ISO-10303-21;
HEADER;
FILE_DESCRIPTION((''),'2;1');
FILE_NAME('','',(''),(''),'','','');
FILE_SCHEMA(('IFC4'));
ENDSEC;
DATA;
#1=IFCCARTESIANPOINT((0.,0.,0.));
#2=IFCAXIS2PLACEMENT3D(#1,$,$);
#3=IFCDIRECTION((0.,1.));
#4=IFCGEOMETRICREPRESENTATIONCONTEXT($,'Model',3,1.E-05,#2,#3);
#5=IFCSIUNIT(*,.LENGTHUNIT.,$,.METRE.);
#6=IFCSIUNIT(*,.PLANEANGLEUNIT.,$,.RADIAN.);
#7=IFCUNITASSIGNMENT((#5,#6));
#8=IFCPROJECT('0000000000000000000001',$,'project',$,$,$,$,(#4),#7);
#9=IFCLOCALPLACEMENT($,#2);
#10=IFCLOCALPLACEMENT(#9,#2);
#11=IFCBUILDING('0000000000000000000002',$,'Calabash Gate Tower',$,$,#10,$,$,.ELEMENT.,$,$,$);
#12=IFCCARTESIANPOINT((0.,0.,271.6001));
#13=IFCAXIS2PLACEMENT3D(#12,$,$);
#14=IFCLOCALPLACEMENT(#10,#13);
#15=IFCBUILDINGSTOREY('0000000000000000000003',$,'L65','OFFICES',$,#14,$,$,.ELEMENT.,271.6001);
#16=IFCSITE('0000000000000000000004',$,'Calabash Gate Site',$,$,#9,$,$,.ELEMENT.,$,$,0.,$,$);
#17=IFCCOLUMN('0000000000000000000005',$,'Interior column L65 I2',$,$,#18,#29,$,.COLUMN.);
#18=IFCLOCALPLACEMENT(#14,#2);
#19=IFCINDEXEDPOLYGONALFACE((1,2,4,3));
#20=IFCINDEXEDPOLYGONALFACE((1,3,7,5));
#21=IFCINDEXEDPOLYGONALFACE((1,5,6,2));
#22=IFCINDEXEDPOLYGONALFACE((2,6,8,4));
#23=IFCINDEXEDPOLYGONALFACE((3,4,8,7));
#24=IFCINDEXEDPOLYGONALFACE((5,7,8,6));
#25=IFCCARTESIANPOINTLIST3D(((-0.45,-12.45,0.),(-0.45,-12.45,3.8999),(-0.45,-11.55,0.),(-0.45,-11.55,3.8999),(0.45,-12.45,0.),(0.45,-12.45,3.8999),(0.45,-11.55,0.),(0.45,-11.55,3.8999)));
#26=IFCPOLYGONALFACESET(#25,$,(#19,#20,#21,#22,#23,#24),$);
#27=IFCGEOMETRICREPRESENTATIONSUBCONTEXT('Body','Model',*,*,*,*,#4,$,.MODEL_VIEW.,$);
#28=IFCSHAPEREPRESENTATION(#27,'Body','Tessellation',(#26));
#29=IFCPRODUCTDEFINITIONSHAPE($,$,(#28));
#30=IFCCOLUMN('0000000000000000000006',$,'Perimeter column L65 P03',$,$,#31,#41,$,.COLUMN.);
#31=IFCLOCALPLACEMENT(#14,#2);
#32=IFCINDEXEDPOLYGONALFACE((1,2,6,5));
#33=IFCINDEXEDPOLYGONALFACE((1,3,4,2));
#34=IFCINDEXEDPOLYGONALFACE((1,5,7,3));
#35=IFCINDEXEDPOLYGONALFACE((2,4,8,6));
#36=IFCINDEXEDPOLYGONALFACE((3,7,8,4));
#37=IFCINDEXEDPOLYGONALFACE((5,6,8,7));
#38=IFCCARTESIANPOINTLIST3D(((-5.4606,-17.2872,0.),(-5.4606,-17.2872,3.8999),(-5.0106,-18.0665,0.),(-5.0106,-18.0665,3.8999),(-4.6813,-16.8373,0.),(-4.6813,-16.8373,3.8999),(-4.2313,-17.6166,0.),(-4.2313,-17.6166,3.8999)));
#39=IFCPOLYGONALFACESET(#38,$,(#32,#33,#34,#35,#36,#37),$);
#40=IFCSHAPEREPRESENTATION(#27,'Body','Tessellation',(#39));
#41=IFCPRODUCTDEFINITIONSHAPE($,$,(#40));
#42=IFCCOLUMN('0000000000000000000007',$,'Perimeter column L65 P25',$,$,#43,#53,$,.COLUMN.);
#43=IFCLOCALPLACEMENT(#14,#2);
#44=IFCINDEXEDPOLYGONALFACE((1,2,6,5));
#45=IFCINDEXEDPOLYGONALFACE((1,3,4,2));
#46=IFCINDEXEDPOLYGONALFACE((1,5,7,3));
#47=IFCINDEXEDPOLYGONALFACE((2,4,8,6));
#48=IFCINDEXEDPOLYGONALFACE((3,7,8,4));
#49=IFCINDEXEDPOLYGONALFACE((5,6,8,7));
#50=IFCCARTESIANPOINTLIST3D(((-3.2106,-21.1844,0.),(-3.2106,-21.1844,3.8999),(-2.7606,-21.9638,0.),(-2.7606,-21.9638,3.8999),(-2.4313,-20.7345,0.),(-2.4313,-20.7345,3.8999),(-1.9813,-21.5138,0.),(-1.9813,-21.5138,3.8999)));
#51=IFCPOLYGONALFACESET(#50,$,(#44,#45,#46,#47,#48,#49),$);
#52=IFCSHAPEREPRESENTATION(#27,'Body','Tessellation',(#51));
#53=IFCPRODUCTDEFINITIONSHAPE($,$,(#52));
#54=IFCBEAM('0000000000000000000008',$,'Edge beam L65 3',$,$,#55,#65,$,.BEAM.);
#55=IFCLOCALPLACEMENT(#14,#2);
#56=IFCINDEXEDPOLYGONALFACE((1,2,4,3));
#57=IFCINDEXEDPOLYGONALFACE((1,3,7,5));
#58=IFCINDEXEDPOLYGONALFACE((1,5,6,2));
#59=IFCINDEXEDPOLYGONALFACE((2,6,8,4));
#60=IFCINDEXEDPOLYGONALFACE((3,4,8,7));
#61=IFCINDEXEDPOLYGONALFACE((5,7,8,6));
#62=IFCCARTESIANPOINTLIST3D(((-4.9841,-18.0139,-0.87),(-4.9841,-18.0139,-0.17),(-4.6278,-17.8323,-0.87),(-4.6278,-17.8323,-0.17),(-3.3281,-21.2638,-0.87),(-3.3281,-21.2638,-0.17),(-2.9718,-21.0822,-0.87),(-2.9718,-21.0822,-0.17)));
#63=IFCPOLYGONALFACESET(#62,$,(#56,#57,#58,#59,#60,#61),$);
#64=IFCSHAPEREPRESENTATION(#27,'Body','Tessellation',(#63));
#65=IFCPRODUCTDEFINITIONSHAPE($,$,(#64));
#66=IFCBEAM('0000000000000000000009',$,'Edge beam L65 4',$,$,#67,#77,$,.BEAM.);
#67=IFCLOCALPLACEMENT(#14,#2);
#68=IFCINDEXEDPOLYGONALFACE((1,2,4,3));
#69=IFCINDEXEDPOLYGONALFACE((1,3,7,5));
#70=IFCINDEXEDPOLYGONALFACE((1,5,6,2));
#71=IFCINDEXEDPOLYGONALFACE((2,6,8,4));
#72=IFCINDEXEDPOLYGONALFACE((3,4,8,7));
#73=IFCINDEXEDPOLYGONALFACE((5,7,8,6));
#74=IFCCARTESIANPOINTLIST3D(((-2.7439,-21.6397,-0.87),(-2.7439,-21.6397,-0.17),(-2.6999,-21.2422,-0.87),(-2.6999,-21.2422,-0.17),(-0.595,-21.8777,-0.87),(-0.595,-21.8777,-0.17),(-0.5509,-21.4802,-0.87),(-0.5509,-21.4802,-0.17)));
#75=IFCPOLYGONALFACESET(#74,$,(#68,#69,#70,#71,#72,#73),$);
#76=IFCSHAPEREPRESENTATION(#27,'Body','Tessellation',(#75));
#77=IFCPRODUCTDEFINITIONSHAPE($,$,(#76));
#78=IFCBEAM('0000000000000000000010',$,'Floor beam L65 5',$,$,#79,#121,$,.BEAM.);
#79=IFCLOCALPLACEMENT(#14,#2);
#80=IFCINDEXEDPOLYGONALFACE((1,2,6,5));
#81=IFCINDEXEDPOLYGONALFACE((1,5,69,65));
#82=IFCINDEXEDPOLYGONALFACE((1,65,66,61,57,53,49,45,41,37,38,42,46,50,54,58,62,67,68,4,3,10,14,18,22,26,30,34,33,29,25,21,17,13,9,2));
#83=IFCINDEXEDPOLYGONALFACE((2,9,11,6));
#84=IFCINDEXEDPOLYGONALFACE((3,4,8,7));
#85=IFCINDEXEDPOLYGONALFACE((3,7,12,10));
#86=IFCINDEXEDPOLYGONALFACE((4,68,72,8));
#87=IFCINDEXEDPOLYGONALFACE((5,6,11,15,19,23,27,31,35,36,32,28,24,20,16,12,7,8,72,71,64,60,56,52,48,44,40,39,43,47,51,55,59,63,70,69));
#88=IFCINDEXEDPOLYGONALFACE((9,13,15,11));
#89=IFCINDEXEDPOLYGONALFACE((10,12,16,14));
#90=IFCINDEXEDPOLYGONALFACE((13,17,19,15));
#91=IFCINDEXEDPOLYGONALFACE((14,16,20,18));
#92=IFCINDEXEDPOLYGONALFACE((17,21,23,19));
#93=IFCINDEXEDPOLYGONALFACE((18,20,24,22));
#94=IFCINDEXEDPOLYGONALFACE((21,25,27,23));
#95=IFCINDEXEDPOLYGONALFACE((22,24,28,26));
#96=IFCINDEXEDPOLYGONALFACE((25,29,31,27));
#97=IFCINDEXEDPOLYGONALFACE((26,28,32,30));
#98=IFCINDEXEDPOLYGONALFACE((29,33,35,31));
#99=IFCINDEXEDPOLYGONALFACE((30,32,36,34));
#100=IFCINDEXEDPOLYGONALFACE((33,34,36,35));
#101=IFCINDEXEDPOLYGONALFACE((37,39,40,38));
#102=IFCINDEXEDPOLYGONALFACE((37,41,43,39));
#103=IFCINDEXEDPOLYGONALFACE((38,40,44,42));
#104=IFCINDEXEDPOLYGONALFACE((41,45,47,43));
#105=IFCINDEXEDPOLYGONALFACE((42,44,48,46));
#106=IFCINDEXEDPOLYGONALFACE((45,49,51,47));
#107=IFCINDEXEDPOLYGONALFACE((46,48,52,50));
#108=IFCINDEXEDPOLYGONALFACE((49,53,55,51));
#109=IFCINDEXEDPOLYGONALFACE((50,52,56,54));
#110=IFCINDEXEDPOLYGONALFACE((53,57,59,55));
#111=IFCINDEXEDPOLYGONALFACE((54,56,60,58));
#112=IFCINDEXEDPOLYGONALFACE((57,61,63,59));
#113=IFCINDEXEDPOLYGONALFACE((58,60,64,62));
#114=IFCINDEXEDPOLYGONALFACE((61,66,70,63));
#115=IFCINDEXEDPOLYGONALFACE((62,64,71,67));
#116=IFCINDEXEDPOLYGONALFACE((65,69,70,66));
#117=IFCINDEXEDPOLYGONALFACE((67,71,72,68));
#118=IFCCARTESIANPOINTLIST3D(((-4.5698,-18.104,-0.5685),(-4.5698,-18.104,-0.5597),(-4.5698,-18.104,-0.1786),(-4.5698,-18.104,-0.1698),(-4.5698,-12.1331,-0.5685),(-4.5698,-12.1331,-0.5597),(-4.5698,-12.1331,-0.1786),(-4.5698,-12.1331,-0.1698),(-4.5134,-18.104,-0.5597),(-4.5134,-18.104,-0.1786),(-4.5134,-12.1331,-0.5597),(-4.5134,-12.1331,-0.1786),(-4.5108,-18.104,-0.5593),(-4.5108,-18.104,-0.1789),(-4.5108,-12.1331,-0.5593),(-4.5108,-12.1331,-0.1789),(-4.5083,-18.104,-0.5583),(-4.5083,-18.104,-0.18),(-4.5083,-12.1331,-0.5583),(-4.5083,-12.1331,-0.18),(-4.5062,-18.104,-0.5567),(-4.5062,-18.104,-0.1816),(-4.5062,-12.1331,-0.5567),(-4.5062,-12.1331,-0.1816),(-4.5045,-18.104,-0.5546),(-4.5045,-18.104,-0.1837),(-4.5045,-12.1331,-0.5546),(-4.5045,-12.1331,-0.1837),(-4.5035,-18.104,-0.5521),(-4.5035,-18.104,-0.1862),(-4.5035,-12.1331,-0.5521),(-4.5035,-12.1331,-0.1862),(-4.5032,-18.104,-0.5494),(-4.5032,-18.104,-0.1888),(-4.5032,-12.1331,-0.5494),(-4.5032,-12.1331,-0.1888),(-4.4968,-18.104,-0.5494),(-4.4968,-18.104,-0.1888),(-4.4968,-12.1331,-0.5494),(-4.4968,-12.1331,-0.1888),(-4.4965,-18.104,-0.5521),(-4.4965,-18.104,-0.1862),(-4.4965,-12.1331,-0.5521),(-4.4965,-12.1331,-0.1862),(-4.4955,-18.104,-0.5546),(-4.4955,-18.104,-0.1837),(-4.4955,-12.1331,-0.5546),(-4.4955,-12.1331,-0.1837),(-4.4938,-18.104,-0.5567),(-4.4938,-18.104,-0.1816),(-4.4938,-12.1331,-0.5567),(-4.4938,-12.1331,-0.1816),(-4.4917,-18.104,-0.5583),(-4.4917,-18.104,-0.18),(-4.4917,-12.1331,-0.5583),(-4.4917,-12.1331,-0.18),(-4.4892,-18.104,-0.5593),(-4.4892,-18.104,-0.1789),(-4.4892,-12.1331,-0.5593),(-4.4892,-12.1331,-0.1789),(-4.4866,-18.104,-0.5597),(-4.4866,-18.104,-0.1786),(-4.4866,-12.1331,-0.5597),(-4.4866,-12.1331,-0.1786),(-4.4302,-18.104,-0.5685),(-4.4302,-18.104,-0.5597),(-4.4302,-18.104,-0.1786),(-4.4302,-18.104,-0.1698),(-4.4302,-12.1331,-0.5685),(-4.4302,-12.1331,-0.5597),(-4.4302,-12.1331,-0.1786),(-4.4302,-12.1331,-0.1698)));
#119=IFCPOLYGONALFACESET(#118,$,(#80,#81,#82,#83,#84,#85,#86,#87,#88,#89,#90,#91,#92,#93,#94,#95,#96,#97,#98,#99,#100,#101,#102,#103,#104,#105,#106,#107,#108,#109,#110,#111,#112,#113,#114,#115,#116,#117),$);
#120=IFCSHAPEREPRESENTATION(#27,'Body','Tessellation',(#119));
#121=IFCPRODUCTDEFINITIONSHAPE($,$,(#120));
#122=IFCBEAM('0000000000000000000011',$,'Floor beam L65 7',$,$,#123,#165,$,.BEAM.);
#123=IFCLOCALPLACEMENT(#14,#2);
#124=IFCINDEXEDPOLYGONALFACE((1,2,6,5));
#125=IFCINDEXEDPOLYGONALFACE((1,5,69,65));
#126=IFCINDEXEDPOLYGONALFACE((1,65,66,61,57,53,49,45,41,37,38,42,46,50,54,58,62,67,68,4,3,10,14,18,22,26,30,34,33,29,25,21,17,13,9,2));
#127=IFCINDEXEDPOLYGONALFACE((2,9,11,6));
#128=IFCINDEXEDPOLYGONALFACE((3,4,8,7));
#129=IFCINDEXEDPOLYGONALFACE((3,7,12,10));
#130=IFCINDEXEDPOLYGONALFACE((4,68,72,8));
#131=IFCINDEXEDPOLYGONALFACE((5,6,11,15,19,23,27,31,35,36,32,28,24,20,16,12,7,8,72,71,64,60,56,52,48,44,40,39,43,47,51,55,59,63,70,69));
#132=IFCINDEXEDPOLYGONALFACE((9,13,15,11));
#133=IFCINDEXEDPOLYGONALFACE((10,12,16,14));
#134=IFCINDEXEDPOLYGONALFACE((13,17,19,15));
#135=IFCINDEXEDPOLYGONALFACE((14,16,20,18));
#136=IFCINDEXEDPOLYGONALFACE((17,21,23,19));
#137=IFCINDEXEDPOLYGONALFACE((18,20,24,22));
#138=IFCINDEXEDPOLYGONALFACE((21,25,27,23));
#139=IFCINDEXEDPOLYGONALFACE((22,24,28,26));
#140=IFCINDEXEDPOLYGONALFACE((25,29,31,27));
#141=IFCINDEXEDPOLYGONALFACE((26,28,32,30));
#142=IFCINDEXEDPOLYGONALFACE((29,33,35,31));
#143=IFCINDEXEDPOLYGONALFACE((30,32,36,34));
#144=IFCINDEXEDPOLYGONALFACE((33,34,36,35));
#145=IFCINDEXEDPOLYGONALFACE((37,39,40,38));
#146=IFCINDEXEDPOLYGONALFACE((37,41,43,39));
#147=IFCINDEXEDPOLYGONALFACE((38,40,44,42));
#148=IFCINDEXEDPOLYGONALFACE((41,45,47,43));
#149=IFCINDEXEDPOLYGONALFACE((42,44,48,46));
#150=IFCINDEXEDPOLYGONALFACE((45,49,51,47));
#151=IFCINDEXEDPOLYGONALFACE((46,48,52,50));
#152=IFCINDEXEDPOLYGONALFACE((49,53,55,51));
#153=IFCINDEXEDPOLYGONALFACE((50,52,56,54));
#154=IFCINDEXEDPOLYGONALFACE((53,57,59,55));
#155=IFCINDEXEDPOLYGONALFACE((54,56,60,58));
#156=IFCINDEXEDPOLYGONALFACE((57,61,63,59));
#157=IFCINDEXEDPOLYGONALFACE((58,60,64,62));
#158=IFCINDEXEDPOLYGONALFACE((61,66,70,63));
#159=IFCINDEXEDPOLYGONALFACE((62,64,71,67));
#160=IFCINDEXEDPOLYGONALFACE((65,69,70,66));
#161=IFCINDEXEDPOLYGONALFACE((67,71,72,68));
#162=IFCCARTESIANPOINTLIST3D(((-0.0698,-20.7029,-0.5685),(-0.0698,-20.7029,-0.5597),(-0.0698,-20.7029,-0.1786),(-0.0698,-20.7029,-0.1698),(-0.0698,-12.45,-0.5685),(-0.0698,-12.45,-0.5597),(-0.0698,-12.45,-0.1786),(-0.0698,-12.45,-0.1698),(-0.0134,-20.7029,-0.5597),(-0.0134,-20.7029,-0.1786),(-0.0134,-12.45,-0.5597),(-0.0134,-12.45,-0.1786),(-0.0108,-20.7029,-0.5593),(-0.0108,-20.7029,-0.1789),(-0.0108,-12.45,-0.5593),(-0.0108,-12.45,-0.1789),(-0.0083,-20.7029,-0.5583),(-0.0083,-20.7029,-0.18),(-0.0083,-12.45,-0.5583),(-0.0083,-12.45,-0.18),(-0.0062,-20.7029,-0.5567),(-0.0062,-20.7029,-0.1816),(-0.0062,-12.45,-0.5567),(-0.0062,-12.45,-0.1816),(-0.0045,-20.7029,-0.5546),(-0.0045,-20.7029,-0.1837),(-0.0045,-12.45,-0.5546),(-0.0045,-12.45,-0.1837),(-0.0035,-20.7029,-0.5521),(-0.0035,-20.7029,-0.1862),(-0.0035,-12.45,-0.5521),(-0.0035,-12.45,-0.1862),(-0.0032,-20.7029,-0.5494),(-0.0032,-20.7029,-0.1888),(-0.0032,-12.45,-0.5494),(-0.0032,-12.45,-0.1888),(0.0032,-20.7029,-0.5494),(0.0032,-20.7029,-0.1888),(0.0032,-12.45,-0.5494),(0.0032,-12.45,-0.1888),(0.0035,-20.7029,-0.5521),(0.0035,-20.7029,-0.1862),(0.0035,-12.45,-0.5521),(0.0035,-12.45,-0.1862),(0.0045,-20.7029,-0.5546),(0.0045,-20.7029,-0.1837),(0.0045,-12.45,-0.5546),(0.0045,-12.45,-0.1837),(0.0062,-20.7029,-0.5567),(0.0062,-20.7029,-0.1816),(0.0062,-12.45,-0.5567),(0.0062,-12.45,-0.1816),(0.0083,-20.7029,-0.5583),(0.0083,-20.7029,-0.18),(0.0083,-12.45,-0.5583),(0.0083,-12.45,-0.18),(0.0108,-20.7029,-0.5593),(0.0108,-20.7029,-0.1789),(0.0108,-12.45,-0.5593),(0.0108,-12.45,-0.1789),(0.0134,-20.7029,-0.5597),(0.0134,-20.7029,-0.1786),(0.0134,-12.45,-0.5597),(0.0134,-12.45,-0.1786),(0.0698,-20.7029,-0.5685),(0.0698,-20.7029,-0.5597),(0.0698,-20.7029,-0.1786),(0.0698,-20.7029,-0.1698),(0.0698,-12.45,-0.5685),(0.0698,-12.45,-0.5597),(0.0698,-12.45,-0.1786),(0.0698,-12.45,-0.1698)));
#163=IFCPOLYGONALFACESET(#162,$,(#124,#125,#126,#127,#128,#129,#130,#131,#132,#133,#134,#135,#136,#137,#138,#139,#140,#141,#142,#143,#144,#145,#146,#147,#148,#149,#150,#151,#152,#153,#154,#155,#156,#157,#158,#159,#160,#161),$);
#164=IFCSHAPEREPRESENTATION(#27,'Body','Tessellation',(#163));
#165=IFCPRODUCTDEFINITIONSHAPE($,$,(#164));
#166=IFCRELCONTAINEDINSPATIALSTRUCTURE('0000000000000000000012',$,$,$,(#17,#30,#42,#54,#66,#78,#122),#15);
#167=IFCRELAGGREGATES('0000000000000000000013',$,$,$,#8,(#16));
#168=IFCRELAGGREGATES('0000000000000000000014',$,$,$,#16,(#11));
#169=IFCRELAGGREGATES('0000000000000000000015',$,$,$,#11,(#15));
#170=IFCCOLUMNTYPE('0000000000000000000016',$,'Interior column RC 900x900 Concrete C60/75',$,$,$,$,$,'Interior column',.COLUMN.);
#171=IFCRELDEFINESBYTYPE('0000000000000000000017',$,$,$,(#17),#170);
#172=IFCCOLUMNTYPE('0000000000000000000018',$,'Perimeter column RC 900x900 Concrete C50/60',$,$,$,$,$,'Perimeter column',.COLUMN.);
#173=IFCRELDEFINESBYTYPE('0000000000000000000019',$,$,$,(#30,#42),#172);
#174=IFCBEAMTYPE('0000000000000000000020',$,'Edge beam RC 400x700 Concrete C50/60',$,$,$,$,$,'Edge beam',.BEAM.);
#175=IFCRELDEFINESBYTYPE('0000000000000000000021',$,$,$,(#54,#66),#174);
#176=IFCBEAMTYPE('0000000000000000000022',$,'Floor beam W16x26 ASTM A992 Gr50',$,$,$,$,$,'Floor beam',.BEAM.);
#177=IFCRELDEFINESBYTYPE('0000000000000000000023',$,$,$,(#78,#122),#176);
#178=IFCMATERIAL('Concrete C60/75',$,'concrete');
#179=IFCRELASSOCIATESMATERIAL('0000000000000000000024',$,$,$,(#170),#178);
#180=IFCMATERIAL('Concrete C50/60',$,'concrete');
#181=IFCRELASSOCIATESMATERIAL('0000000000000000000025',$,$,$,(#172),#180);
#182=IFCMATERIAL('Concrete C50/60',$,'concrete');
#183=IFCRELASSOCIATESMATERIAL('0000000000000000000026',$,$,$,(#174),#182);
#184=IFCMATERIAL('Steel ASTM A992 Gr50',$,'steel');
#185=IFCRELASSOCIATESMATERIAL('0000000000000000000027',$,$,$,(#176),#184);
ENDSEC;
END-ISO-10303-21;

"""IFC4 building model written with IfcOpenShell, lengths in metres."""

from ifc_helpers import new_model, si_unit, direction, frame, origin, origin_2d, place, context, subcontext, project, spatial, rectangle, i_section, extrude, material, material_profile, profile_set, type_object, element, save


model = new_model("IFC4")

# Units and contexts
model_context = context("Model", 3, precision=1e-05, world=origin(), true_north=direction((0.0, 1.0)))
body_context = subcontext(model_context, "Body", "Model", "MODEL_VIEW")
ifc_project = project(units=[si_unit("LENGTHUNIT", "METRE"), si_unit("PLANEANGLEUNIT", "RADIAN")], contexts=[model_context])

# Site, building, storey
site_placement = place(None, origin())
site = spatial("IfcSite", under=ifc_project, at=site_placement, Name="Calabash Gate Site", CompositionType="ELEMENT", RefElevation=0.0)
building_placement = place(site_placement, origin())
building = spatial("IfcBuilding", under=site, at=building_placement, Name="Calabash Gate Tower", CompositionType="ELEMENT")
storey_placement = place(building_placement, frame((0.0, 0.0, 271.6001)))
storey = spatial("IfcBuildingStorey", under=building, at=storey_placement, Name="L65", Description="OFFICES", CompositionType="ELEMENT", Elevation=271.6001)

# Columns
ifc_material_1 = material(Name="Concrete C60/75", Category="concrete")
ifc_material_profile_1 = material_profile(ifc_material_1, rectangle(XDim=0.8999, YDim=0.8999, at=origin_2d()))
ifc_profile_set_1 = profile_set([ifc_material_profile_1], Name="Concrete C60/75")
column_type_1 = type_object("IfcColumnType", Name="Interior column RC 900x900 Concrete C60/75", ElementType="Interior column", PredefinedType="COLUMN", material=ifc_profile_set_1)
column_placement = place(storey_placement, frame((0.0, -12.0, 0.0), z_axis=(0.0, 0.0, 1.0), x_axis=(1.0, 0.0, 0.0)))
element("IfcColumn", 1, at=column_placement, inside=storey, type_object=column_type_1, Name="Interior column L65 I2", PredefinedType="COLUMN", context=body_context, shape_type="SweptSolid", body=[
    extrude(rectangle(XDim=0.8999, YDim=0.8999, at=origin_2d()), origin(), (0.0, 0.0, 1.0), 3.8999),
])
ifc_material_2 = material(Name="Concrete C50/60", Category="concrete")
ifc_material_profile_2 = material_profile(ifc_material_2, rectangle(XDim=0.8999, YDim=0.8999, at=origin_2d()))
ifc_profile_set_2 = profile_set([ifc_material_profile_2], Name="Concrete C50/60")
column_type_2 = type_object("IfcColumnType", Name="Perimeter column RC 900x900 Concrete C50/60", ElementType="Perimeter column", PredefinedType="COLUMN", material=ifc_profile_set_2)
for number, where, z_axis, x_axis, name in (
    (2, (-4.8459, -17.4519, 0.0), (0.0, 0.0, 1.0), (0.5, -0.866025, 0.0), "Perimeter column L65 P03"),
    (3, (-2.5959, -21.3491, 0.0), (0.0, 0.0, 1.0), (0.5, -0.866025, 0.0), "Perimeter column L65 P25"),
):
    element("IfcColumn", number, at=place(storey_placement, frame(where, z_axis=z_axis, x_axis=x_axis)), inside=storey, type_object=column_type_2, Name=name, PredefinedType="COLUMN", context=body_context, shape_type="SweptSolid", body=[
        extrude(rectangle(XDim=0.8999, YDim=0.8999, at=origin_2d()), origin(), (0.0, 0.0, 1.0), 3.8999),
    ])

# Beams
ifc_material_3 = material(Name="Concrete C50/60", Category="concrete")
ifc_material_profile_3 = material_profile(ifc_material_3, rectangle(XDim=0.3999, YDim=0.7, at=origin_2d()))
ifc_profile_set_3 = profile_set([ifc_material_profile_3], Name="Concrete C50/60")
beam_type_1 = type_object("IfcBeamType", Name="Edge beam RC 400x700 Concrete C50/60", ElementType="Edge beam", PredefinedType="BEAM", material=ifc_profile_set_3)
beam_1_placement = place(storey_placement, frame((-4.8059, -17.9231, -0.52), z_axis=(0.454001, -0.891001, 0.0), x_axis=(0.891001, 0.454001, 0.0)))
element("IfcBeam", 4, at=beam_1_placement, inside=storey, type_object=beam_type_1, Name="Edge beam L65 3", PredefinedType="BEAM", context=body_context, shape_type="SweptSolid", body=[
    extrude(rectangle(XDim=0.3999, YDim=0.7, at=origin_2d()), origin(), (0.0, 0.0, 1.0), 3.6475),
])
beam_2_placement = place(storey_placement, frame((-2.7219, -21.4409, -0.52), z_axis=(0.993921, -0.110097, 0.0), x_axis=(0.110097, 0.993921, 0.0)))
element("IfcBeam", 5, at=beam_2_placement, inside=storey, type_object=beam_type_1, Name="Edge beam L65 4", PredefinedType="BEAM", context=body_context, shape_type="SweptSolid", body=[
    extrude(rectangle(XDim=0.3999, YDim=0.7, at=origin_2d()), origin(), (0.0, 0.0, 1.0), 2.1621),
])
ifc_material_4 = material(Name="Steel ASTM A992 Gr50", Category="steel")
ifc_material_profile_4 = material_profile(ifc_material_4, i_section(OverallWidth=0.1396, OverallDepth=0.3987, WebThickness=0.0063, FlangeThickness=0.0088, FilletRadius=0.0103, at=origin_2d()))
ifc_profile_set_4 = profile_set([ifc_material_profile_4], Name="Steel ASTM A992 Gr50")
beam_type_2 = type_object("IfcBeamType", Name="Floor beam W16x26 ASTM A992 Gr50", ElementType="Floor beam", PredefinedType="BEAM", material=ifc_profile_set_4)
beam_3_placement = place(storey_placement, frame((-4.5, -18.104, -0.3691), z_axis=(0.0, 1.0, 0.0), x_axis=(-1.0, 0.0, 0.0)))
element("IfcBeam", 6, at=beam_3_placement, inside=storey, type_object=beam_type_2, Name="Floor beam L65 5", PredefinedType="BEAM", context=body_context, shape_type="SweptSolid", body=[
    extrude(i_section(OverallWidth=0.1396, OverallDepth=0.3987, WebThickness=0.0063, FlangeThickness=0.0088, FilletRadius=0.0103, at=origin_2d()), origin(), (0.0, 0.0, 1.0), 5.9709),
])
beam_4_placement = place(storey_placement, frame((0.0, -20.7029, -0.3691), z_axis=(0.0, 1.0, 0.0), x_axis=(-1.0, 0.0, 0.0)))
element("IfcBeam", 7, at=beam_4_placement, inside=storey, type_object=beam_type_2, Name="Floor beam L65 7", PredefinedType="BEAM", context=body_context, shape_type="SweptSolid", body=[
    extrude(i_section(OverallWidth=0.1396, OverallDepth=0.3987, WebThickness=0.0063, FlangeThickness=0.0088, FilletRadius=0.0103, at=origin_2d()), origin(), (0.0, 0.0, 1.0), 8.2529),
])

save(model, "model.ifc")
